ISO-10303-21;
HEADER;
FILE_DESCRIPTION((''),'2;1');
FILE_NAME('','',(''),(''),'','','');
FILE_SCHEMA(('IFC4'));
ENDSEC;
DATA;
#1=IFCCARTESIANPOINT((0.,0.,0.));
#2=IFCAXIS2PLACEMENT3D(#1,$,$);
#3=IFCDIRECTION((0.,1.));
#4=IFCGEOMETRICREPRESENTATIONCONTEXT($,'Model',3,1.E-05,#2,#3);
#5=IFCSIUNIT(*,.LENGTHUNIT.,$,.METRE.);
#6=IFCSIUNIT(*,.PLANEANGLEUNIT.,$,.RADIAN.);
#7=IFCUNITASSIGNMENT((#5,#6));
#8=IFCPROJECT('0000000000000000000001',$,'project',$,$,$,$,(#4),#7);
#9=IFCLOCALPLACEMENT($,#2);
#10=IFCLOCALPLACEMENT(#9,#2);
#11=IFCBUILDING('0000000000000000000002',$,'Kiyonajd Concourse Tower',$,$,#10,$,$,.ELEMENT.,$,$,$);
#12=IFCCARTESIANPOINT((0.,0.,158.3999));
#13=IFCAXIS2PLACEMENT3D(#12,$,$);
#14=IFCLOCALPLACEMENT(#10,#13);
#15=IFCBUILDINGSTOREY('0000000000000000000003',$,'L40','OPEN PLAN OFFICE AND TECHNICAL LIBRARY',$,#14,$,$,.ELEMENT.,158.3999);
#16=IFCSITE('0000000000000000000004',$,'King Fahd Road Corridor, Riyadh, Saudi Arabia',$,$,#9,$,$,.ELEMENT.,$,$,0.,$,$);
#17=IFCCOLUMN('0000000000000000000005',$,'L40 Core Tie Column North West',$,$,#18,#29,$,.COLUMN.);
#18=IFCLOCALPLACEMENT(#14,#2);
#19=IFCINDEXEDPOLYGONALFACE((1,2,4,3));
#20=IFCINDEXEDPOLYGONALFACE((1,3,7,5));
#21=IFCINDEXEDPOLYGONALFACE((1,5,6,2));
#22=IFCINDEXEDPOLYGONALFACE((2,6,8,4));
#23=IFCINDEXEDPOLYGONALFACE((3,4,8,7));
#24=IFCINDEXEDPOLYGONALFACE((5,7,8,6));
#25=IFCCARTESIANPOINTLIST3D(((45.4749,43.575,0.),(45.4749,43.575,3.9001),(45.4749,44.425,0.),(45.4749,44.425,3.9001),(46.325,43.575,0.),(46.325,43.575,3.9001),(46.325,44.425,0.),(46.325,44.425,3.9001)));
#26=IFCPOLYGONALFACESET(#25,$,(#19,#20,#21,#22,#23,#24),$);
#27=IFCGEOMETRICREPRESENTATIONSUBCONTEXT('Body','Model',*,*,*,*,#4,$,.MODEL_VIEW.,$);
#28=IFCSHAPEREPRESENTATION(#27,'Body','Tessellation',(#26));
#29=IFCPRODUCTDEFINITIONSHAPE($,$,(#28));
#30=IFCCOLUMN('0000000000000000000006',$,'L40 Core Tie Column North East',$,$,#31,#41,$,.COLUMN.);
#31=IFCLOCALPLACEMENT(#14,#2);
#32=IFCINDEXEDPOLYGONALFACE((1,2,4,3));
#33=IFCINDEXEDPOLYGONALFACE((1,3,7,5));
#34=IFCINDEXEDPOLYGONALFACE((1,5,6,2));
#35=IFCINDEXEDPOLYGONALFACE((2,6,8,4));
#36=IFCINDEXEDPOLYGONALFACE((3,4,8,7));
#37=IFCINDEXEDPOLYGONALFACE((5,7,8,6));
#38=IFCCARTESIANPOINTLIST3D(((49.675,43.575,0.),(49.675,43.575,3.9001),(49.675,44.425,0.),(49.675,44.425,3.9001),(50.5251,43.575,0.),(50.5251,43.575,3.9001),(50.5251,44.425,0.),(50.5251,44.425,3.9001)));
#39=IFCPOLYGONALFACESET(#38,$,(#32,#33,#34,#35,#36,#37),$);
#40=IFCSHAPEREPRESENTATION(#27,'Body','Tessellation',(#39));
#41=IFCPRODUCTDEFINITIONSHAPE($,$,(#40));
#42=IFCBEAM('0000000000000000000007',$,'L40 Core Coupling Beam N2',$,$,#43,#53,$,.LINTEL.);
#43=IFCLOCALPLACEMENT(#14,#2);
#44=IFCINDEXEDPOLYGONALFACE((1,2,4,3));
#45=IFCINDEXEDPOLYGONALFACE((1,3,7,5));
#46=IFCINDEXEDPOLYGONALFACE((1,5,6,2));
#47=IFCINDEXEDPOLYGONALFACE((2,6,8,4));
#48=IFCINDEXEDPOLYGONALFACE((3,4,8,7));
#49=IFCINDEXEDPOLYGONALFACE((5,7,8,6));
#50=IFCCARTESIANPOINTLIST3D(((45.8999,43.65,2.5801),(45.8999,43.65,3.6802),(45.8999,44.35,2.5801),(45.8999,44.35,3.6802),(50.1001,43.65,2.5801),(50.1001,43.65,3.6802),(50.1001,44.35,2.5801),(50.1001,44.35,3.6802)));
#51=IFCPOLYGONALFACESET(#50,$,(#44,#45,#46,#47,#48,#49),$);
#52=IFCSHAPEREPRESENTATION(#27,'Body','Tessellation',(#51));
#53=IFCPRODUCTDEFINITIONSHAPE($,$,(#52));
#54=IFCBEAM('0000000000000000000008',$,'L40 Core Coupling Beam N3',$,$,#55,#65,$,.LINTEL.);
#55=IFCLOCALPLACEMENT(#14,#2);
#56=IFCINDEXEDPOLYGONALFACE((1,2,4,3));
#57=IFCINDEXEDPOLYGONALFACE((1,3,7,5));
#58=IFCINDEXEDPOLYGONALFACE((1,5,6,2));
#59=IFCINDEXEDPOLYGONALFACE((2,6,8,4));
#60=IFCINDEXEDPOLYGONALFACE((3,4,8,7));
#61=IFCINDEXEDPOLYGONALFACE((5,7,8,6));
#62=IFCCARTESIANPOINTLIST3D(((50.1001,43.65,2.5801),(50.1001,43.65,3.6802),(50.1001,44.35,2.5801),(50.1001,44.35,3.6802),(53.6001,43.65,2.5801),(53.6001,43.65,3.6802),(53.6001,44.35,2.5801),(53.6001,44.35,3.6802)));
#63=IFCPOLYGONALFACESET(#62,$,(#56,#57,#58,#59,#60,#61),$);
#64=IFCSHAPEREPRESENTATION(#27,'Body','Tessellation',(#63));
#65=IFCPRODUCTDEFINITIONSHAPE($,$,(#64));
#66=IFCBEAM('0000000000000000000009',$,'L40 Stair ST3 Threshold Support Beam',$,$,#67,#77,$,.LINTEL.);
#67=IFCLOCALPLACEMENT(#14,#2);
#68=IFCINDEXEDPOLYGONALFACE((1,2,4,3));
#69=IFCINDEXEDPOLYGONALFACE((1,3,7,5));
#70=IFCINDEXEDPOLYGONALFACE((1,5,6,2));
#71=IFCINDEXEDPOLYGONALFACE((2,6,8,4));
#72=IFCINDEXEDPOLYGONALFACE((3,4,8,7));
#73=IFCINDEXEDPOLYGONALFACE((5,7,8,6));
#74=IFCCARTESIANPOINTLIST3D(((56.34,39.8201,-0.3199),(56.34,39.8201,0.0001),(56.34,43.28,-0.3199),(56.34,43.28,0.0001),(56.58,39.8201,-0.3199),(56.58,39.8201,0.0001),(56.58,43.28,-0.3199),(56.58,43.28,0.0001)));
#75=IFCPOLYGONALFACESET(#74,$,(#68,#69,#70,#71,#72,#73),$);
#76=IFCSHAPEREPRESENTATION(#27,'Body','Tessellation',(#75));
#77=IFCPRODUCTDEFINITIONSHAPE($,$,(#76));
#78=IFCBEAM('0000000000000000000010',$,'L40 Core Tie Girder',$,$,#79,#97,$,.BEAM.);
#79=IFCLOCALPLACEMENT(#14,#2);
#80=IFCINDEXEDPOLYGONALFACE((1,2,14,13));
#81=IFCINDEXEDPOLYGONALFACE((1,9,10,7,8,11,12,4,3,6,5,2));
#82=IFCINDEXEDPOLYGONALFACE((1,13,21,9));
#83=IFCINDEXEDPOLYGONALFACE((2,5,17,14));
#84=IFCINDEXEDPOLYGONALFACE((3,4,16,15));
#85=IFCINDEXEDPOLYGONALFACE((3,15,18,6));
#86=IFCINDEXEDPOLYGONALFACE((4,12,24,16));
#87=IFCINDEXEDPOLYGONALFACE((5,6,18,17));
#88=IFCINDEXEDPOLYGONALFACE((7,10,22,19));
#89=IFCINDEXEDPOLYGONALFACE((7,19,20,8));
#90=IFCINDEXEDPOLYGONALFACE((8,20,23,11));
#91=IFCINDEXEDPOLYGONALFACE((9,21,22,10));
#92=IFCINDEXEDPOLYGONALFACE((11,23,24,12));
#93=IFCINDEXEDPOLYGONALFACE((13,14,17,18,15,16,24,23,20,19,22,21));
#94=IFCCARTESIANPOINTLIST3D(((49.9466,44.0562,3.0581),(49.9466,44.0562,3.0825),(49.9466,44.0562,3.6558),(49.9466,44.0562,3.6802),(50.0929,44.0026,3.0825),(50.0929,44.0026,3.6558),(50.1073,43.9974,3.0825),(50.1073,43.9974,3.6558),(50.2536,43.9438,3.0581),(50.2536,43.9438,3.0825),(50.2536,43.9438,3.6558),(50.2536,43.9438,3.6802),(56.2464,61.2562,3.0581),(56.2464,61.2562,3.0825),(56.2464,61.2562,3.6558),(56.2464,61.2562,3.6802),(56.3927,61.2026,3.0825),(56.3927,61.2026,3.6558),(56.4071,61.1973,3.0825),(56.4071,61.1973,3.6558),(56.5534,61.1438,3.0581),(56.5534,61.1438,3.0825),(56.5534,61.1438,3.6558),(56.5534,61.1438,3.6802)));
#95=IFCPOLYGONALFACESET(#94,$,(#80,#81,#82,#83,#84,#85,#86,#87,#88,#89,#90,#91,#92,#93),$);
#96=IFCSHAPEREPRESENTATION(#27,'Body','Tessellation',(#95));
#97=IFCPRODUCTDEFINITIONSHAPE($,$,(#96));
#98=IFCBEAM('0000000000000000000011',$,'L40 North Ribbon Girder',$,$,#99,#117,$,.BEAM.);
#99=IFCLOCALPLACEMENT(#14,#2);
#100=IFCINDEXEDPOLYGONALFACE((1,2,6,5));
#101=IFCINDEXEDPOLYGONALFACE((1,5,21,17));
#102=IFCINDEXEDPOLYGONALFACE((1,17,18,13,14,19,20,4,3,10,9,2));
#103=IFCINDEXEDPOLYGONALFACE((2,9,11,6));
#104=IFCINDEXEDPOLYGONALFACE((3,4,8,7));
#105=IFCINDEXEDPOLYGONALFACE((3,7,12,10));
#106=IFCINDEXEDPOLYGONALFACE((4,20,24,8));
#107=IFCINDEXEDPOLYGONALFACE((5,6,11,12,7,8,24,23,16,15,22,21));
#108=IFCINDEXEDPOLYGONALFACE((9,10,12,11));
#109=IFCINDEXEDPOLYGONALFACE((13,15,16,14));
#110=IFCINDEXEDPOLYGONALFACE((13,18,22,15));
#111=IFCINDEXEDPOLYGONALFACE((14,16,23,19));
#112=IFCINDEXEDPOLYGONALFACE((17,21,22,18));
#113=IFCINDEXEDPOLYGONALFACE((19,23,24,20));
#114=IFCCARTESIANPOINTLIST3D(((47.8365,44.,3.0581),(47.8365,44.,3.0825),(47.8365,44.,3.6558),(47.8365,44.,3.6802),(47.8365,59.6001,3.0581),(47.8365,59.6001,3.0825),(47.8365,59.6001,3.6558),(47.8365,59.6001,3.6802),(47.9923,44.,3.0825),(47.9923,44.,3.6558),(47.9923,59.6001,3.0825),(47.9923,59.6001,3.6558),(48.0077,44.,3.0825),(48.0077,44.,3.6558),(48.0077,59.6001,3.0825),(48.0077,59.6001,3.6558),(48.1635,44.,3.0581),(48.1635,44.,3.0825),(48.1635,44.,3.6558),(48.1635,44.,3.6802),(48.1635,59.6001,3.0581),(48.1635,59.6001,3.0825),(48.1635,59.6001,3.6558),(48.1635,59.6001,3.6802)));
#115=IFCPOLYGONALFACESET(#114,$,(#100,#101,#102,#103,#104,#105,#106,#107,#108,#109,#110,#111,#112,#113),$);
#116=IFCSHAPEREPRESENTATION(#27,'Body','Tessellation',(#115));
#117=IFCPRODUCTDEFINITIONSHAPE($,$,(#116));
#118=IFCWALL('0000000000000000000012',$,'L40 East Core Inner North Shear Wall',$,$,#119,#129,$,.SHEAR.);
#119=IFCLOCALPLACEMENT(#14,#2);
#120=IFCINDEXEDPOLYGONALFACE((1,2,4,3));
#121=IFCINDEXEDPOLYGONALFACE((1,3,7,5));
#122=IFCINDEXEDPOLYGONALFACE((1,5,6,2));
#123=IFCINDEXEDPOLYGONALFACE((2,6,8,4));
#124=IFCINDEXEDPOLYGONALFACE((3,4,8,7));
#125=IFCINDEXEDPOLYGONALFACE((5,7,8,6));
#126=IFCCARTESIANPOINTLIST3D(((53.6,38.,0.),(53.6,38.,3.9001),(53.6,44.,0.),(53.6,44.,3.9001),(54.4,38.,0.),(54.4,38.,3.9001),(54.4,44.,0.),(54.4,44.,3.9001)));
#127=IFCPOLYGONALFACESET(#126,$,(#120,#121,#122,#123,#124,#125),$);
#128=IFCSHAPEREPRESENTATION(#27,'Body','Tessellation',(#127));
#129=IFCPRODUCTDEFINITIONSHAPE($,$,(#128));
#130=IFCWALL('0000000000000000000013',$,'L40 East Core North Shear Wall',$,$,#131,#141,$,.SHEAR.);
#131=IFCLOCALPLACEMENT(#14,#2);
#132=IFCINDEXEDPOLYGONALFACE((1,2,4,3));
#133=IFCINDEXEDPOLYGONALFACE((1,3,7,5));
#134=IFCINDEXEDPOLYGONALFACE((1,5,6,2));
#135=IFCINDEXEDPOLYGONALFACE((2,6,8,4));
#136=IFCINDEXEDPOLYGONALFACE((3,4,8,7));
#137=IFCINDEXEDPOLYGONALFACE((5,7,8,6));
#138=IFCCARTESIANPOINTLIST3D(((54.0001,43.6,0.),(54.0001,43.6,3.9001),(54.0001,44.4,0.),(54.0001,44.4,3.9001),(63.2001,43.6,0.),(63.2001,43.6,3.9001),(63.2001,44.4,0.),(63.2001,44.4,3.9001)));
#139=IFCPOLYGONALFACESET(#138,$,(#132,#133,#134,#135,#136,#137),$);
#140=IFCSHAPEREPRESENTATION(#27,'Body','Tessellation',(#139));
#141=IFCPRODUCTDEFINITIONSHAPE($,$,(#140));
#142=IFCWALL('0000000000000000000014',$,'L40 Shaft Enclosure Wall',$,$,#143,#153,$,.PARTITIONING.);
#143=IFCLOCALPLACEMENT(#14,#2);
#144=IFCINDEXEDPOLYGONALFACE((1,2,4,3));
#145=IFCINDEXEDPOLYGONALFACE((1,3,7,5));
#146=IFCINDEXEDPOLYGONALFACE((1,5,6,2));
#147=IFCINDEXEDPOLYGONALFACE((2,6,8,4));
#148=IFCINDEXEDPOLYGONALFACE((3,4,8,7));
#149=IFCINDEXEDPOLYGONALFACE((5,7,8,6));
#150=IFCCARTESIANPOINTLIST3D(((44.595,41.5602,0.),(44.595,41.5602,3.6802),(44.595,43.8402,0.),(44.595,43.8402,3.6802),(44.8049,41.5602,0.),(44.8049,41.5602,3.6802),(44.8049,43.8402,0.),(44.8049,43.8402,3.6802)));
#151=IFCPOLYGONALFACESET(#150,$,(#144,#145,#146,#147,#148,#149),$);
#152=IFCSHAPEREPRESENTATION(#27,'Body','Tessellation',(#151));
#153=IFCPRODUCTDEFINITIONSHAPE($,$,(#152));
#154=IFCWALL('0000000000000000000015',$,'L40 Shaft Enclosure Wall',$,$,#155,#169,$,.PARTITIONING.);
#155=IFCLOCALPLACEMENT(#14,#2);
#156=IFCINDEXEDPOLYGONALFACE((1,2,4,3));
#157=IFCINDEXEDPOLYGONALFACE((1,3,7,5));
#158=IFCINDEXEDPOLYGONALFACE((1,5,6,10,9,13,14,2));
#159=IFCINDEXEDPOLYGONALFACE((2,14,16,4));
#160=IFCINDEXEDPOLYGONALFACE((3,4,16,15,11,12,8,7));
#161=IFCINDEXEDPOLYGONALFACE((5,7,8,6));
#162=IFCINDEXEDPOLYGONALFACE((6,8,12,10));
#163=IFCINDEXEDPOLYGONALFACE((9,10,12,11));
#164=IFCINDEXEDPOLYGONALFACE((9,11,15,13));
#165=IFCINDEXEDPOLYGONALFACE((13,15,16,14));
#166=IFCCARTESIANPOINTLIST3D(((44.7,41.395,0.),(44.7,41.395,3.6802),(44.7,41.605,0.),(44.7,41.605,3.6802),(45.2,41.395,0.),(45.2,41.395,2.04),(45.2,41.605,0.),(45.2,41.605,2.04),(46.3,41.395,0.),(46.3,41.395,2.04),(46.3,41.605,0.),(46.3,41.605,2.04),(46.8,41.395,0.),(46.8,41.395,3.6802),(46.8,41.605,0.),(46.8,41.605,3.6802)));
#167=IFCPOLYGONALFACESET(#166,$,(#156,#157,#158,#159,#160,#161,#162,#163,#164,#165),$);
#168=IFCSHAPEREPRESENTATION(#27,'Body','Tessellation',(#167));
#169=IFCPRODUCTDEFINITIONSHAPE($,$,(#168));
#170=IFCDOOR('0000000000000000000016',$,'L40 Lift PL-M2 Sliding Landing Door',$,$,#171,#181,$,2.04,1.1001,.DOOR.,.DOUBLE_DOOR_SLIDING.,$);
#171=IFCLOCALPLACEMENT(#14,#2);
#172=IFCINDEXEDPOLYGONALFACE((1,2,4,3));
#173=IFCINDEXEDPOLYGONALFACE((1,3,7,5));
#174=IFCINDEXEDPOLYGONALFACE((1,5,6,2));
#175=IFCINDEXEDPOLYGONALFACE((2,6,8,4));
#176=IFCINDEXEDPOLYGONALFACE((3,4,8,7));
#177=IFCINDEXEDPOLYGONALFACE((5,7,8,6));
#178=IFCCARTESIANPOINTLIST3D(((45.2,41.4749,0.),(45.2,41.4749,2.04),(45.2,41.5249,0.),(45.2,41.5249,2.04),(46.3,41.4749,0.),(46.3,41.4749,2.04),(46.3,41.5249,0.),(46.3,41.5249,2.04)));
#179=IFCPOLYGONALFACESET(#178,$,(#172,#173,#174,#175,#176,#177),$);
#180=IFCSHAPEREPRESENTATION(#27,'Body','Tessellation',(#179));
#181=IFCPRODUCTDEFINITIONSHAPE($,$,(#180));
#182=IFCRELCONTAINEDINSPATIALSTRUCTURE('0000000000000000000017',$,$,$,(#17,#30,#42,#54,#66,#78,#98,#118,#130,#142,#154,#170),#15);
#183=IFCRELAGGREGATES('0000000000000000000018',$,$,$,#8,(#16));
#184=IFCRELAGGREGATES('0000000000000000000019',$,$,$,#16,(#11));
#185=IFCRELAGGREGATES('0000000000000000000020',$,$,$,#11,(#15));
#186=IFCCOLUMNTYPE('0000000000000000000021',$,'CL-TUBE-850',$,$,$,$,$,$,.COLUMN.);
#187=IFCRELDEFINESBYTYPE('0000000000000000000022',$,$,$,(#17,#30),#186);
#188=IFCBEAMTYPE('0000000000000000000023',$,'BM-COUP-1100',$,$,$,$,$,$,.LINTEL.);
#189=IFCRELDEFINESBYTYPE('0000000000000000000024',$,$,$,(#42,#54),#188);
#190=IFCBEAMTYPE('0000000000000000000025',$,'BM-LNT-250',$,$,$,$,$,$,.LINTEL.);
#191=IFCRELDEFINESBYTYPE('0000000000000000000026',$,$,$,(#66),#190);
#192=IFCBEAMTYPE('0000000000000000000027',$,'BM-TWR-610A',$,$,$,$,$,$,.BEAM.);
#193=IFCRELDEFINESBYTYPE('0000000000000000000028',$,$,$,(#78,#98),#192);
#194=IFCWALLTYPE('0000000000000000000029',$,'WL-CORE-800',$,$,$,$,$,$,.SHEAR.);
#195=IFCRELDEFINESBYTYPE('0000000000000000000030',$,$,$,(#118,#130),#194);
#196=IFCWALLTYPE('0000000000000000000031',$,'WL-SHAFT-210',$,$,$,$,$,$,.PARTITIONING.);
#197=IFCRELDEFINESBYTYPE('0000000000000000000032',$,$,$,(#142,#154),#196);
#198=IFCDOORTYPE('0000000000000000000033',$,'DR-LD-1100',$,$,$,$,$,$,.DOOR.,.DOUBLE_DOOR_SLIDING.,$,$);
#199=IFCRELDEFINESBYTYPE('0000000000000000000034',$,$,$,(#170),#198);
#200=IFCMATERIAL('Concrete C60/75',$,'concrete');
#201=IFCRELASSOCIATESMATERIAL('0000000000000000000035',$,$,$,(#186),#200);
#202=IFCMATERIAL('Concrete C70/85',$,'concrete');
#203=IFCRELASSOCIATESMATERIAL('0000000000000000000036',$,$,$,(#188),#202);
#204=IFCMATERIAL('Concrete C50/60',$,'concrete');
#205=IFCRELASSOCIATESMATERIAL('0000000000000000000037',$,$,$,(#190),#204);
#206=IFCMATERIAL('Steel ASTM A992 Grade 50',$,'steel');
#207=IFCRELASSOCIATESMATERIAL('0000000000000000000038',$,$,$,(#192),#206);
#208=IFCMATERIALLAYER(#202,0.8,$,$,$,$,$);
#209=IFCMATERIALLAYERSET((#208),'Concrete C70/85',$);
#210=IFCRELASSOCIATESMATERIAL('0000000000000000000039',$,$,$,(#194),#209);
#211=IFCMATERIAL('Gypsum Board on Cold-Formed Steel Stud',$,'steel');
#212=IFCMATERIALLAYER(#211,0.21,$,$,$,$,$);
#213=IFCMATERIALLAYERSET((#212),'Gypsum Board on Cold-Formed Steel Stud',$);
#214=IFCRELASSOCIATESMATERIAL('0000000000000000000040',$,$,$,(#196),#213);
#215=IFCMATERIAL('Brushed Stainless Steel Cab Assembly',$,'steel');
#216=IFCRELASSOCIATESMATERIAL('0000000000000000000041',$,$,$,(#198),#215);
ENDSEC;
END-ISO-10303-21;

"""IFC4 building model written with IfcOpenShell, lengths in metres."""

from ifc_helpers import new_model, si_unit, direction, frame, frame_2d, origin, origin_2d, place, context, subcontext, project, spatial, rectangle, i_section, extrude, material, layer, layer_set, material_profile, profile_set, type_object, element, fill, save


model = new_model("IFC4")

# Units and contexts
model_context = context("Model", 3, precision=1e-05, world=origin(), true_north=direction((0.0, 1.0)))
body_context = subcontext(model_context, "Body", "Model", "MODEL_VIEW")
ifc_project = project(units=[si_unit("LENGTHUNIT", "METRE"), si_unit("PLANEANGLEUNIT", "RADIAN")], contexts=[model_context])

# Site, building, storey
site_placement = place(None, origin())
site = spatial("IfcSite", under=ifc_project, at=site_placement, Name="King Fahd Road Corridor, Riyadh, Saudi Arabia", CompositionType="ELEMENT", RefElevation=0.0)
building_placement = place(site_placement, origin())
building = spatial("IfcBuilding", under=site, at=building_placement, Name="Kiyonajd Concourse Tower", CompositionType="ELEMENT")
storey_placement = place(building_placement, frame((0.0, 0.0, 158.3999)))
storey = spatial("IfcBuildingStorey", under=building, at=storey_placement, Name="L40", Description="OPEN PLAN OFFICE AND TECHNICAL LIBRARY", CompositionType="ELEMENT", Elevation=158.3999)

# Columns
ifc_material_1 = material(Name="Concrete C60/75", Category="concrete")
ifc_material_profile_1 = material_profile(ifc_material_1, rectangle(XDim=0.8501, YDim=0.8501, at=origin_2d()), Name="RC-850x850")
ifc_profile_set_1 = profile_set([ifc_material_profile_1], Name="Concrete C60/75")
column_type = type_object("IfcColumnType", Name="CL-TUBE-850", PredefinedType="COLUMN", material=ifc_profile_set_1)
for number, where, z_axis, x_axis, name in (
    (1, (45.8999, 44.0, 0.0), (0.0, 0.0, 1.0), (1.0, 0.0, 0.0), "L40 Core Tie Column North West"),
    (2, (50.1001, 44.0, 0.0), (0.0, 0.0, 1.0), (1.0, 0.0, 0.0), "L40 Core Tie Column North East"),
):
    element("IfcColumn", number, at=place(storey_placement, frame(where, z_axis=z_axis, x_axis=x_axis)), inside=storey, type_object=column_type, Name=name, PredefinedType="COLUMN", context=body_context, shape_type="SweptSolid", body=[
        extrude(rectangle(XDim=0.8501, YDim=0.8501, at=origin_2d()), origin(), (0.0, 0.0, 1.0), 3.9001),
    ])

# Beams
ifc_material_2 = material(Name="Concrete C70/85", Category="concrete")
ifc_material_profile_2 = material_profile(ifc_material_2, rectangle(XDim=0.7, YDim=1.1001, at=origin_2d()), Name="RCBM-700x1100")
ifc_profile_set_2 = profile_set([ifc_material_profile_2], Name="Concrete C70/85")
beam_type_1 = type_object("IfcBeamType", Name="BM-COUP-1100", PredefinedType="LINTEL", material=ifc_profile_set_2)
beam_1_placement = place(storey_placement, frame((45.8999, 44.0, 3.1301), z_axis=(1.0, 0.0, 0.0), x_axis=(0.0, 1.0, 0.0)))
element("IfcBeam", 3, at=beam_1_placement, inside=storey, type_object=beam_type_1, Name="L40 Core Coupling Beam N2", PredefinedType="LINTEL", context=body_context, shape_type="SweptSolid", body=[
    extrude(rectangle(XDim=0.7, YDim=1.1001, at=origin_2d()), origin(), (0.0, 0.0, 1.0), 4.2002),
])
beam_2_placement = place(storey_placement, frame((50.1001, 44.0, 3.1301), z_axis=(1.0, 0.0, 0.0), x_axis=(0.0, 1.0, 0.0)))
element("IfcBeam", 4, at=beam_2_placement, inside=storey, type_object=beam_type_1, Name="L40 Core Coupling Beam N3", PredefinedType="LINTEL", context=body_context, shape_type="SweptSolid", body=[
    extrude(rectangle(XDim=0.7, YDim=1.1001, at=origin_2d()), origin(), (0.0, 0.0, 1.0), 3.5),
])
ifc_material_3 = material(Name="Concrete C50/60", Category="concrete")
ifc_material_profile_3 = material_profile(ifc_material_3, rectangle(XDim=0.24, YDim=0.3201, at=origin_2d()), Name="RCBM-240x320")
ifc_profile_set_3 = profile_set([ifc_material_profile_3], Name="Concrete C50/60")
beam_type_2 = type_object("IfcBeamType", Name="BM-LNT-250", PredefinedType="LINTEL", material=ifc_profile_set_3)
beam_3_placement = place(storey_placement, frame((56.46, 39.8201, -0.1599), z_axis=(0.0, 1.0, 0.0), x_axis=(-1.0, 0.0, 0.0)))
element("IfcBeam", 5, at=beam_3_placement, inside=storey, type_object=beam_type_2, Name="L40 Stair ST3 Threshold Support Beam", PredefinedType="LINTEL", context=body_context, shape_type="SweptSolid", body=[
    extrude(rectangle(XDim=0.24, YDim=0.3201, at=origin_2d()), origin(), (0.0, 0.0, 1.0), 3.46),
])
ifc_material_4 = material(Name="Steel ASTM A992 Grade 50", Category="steel")
ifc_material_profile_4 = material_profile(ifc_material_4, i_section(OverallWidth=0.3269, OverallDepth=0.6221, WebThickness=0.0154, FlangeThickness=0.0244, at=origin_2d()), Name="W610X195")
ifc_profile_set_4 = profile_set([ifc_material_profile_4], Name="Steel ASTM A992 Grade 50")
beam_type_3 = type_object("IfcBeamType", Name="BM-TWR-610A", PredefinedType="BEAM", material=ifc_profile_set_4)
beam_4_placement = place(storey_placement, frame((50.1001, 44.0, 3.3691), z_axis=(0.343925, 0.938997, 0.0), x_axis=(-0.938997, 0.343925, 0.0)))
element("IfcBeam", 6, at=beam_4_placement, inside=storey, type_object=beam_type_3, Name="L40 Core Tie Girder", PredefinedType="BEAM", context=body_context, shape_type="SweptSolid", body=[
    extrude(i_section(OverallWidth=0.3269, OverallDepth=0.6221, WebThickness=0.0154, FlangeThickness=0.0244, at=origin_2d()), origin(), (0.0, 0.0, 1.0), 18.3174),
])
beam_5_placement = place(storey_placement, frame((48.0, 44.0, 3.3691), z_axis=(0.0, 1.0, 0.0), x_axis=(-1.0, 0.0, 0.0)))
element("IfcBeam", 7, at=beam_5_placement, inside=storey, type_object=beam_type_3, Name="L40 North Ribbon Girder", PredefinedType="BEAM", context=body_context, shape_type="SweptSolid", body=[
    extrude(i_section(OverallWidth=0.3269, OverallDepth=0.6221, WebThickness=0.0154, FlangeThickness=0.0244, at=origin_2d()), origin(), (0.0, 0.0, 1.0), 15.6001),
])

# Walls
ifc_layer_1 = layer(ifc_material_2, 0.8)
ifc_layer_set_1 = layer_set([ifc_layer_1], Name="Concrete C70/85")
wall_type_1 = type_object("IfcWallType", Name="WL-CORE-800", PredefinedType="SHEAR", material=ifc_layer_set_1)
wall_1_placement = place(storey_placement, frame((54.0, 38.0, 0.0), z_axis=(0.0, 0.0, 1.0), x_axis=(0.0, 1.0, 0.0)))
element("IfcWall", 8, at=wall_1_placement, inside=storey, type_object=wall_type_1, Name="L40 East Core Inner North Shear Wall", PredefinedType="SHEAR", context=body_context, shape_type="SweptSolid", body=[
    extrude(rectangle(XDim=6.0, YDim=0.8, at=frame_2d((3.0, 0.0))), origin(), (0.0, 0.0, 1.0), 3.9001),
])
wall_2_placement = place(storey_placement, frame((54.0, 44.0, 0.0), z_axis=(0.0, 0.0, 1.0), x_axis=(1.0, 0.0, 0.0)))
element("IfcWall", 9, at=wall_2_placement, inside=storey, type_object=wall_type_1, Name="L40 East Core North Shear Wall", PredefinedType="SHEAR", context=body_context, shape_type="SweptSolid", body=[
    extrude(rectangle(XDim=9.2, YDim=0.8, at=frame_2d((4.6001, 0.0))), origin(), (0.0, 0.0, 1.0), 3.9001),
])
ifc_material_5 = material(Name="Gypsum Board on Cold-Formed Steel Stud", Category="steel")
ifc_layer_2 = layer(ifc_material_5, 0.21)
ifc_layer_set_2 = layer_set([ifc_layer_2], Name="Gypsum Board on Cold-Formed Steel Stud")
wall_type_2 = type_object("IfcWallType", Name="WL-SHAFT-210", PredefinedType="PARTITIONING", material=ifc_layer_set_2)
wall_3_placement = place(storey_placement, frame((44.7, 41.5601, 0.0), z_axis=(0.0, 0.0, 1.0), x_axis=(0.0, 1.0, 0.0)))
element("IfcWall", 10, at=wall_3_placement, inside=storey, type_object=wall_type_2, Name="L40 Shaft Enclosure Wall", PredefinedType="PARTITIONING", context=body_context, shape_type="SweptSolid", body=[
    extrude(rectangle(XDim=2.28, YDim=0.21, at=frame_2d((1.1401, 0.0))), origin(), (0.0, 0.0, 1.0), 3.6802),
])

# Wall, opening, door
wall_4_placement = place(storey_placement, frame((44.7, 41.5, 0.0), z_axis=(0.0, 0.0, 1.0), x_axis=(1.0, 0.0, 0.0)))
wall_4 = element("IfcWall", 11, at=wall_4_placement, inside=storey, type_object=wall_type_2, Name="L40 Shaft Enclosure Wall", PredefinedType="PARTITIONING", context=body_context, shape_type="SweptSolid", body=[
    extrude(rectangle(XDim=2.1001, YDim=0.21, at=frame_2d((1.05, 0.0))), origin(), (0.0, 0.0, 1.0), 3.6802),
])
opening_1_placement = place(wall_4_placement, frame((0.5, 0.0, 0.0)))
opening_1 = element("IfcOpeningElement", 12, at=opening_1_placement, cuts=wall_4, PredefinedType="OPENING", context=body_context, shape_type="SweptSolid", body=[
    extrude(rectangle(XDim=1.1001, YDim=2.04, at=frame_2d((0.55, 1.02))), frame((0.0, 0.115, 0.0), z_axis=(0.0, -1.0, 0.0), x_axis=(1.0, 0.0, 0.0)), (0.0, 0.0, 1.0), 0.23),
])
ifc_material_6 = material(Name="Brushed Stainless Steel Cab Assembly", Category="steel")
door_type_1 = type_object("IfcDoorType", Name="DR-LD-1100", OperationType="DOUBLE_DOOR_SLIDING", PredefinedType="DOOR", material=ifc_material_6)
door_1_placement = place(opening_1_placement, origin())
door_1 = element("IfcDoor", 13, at=door_1_placement, inside=storey, type_object=door_type_1, Name="L40 Lift PL-M2 Sliding Landing Door", OperationType="DOUBLE_DOOR_SLIDING", OverallHeight=2.04, OverallWidth=1.1001, PredefinedType="DOOR", context=body_context, shape_type="SweptSolid", body=[
    extrude(rectangle(XDim=1.1001, YDim=2.04, at=frame_2d((0.55, 1.02))), frame((0.0, 0.0249, 0.0), z_axis=(0.0, -1.0, 0.0), x_axis=(1.0, 0.0, 0.0)), (0.0, 0.0, 1.0), 0.05),
])
fill(opening_1, door_1)

save(model, "model.ifc")
